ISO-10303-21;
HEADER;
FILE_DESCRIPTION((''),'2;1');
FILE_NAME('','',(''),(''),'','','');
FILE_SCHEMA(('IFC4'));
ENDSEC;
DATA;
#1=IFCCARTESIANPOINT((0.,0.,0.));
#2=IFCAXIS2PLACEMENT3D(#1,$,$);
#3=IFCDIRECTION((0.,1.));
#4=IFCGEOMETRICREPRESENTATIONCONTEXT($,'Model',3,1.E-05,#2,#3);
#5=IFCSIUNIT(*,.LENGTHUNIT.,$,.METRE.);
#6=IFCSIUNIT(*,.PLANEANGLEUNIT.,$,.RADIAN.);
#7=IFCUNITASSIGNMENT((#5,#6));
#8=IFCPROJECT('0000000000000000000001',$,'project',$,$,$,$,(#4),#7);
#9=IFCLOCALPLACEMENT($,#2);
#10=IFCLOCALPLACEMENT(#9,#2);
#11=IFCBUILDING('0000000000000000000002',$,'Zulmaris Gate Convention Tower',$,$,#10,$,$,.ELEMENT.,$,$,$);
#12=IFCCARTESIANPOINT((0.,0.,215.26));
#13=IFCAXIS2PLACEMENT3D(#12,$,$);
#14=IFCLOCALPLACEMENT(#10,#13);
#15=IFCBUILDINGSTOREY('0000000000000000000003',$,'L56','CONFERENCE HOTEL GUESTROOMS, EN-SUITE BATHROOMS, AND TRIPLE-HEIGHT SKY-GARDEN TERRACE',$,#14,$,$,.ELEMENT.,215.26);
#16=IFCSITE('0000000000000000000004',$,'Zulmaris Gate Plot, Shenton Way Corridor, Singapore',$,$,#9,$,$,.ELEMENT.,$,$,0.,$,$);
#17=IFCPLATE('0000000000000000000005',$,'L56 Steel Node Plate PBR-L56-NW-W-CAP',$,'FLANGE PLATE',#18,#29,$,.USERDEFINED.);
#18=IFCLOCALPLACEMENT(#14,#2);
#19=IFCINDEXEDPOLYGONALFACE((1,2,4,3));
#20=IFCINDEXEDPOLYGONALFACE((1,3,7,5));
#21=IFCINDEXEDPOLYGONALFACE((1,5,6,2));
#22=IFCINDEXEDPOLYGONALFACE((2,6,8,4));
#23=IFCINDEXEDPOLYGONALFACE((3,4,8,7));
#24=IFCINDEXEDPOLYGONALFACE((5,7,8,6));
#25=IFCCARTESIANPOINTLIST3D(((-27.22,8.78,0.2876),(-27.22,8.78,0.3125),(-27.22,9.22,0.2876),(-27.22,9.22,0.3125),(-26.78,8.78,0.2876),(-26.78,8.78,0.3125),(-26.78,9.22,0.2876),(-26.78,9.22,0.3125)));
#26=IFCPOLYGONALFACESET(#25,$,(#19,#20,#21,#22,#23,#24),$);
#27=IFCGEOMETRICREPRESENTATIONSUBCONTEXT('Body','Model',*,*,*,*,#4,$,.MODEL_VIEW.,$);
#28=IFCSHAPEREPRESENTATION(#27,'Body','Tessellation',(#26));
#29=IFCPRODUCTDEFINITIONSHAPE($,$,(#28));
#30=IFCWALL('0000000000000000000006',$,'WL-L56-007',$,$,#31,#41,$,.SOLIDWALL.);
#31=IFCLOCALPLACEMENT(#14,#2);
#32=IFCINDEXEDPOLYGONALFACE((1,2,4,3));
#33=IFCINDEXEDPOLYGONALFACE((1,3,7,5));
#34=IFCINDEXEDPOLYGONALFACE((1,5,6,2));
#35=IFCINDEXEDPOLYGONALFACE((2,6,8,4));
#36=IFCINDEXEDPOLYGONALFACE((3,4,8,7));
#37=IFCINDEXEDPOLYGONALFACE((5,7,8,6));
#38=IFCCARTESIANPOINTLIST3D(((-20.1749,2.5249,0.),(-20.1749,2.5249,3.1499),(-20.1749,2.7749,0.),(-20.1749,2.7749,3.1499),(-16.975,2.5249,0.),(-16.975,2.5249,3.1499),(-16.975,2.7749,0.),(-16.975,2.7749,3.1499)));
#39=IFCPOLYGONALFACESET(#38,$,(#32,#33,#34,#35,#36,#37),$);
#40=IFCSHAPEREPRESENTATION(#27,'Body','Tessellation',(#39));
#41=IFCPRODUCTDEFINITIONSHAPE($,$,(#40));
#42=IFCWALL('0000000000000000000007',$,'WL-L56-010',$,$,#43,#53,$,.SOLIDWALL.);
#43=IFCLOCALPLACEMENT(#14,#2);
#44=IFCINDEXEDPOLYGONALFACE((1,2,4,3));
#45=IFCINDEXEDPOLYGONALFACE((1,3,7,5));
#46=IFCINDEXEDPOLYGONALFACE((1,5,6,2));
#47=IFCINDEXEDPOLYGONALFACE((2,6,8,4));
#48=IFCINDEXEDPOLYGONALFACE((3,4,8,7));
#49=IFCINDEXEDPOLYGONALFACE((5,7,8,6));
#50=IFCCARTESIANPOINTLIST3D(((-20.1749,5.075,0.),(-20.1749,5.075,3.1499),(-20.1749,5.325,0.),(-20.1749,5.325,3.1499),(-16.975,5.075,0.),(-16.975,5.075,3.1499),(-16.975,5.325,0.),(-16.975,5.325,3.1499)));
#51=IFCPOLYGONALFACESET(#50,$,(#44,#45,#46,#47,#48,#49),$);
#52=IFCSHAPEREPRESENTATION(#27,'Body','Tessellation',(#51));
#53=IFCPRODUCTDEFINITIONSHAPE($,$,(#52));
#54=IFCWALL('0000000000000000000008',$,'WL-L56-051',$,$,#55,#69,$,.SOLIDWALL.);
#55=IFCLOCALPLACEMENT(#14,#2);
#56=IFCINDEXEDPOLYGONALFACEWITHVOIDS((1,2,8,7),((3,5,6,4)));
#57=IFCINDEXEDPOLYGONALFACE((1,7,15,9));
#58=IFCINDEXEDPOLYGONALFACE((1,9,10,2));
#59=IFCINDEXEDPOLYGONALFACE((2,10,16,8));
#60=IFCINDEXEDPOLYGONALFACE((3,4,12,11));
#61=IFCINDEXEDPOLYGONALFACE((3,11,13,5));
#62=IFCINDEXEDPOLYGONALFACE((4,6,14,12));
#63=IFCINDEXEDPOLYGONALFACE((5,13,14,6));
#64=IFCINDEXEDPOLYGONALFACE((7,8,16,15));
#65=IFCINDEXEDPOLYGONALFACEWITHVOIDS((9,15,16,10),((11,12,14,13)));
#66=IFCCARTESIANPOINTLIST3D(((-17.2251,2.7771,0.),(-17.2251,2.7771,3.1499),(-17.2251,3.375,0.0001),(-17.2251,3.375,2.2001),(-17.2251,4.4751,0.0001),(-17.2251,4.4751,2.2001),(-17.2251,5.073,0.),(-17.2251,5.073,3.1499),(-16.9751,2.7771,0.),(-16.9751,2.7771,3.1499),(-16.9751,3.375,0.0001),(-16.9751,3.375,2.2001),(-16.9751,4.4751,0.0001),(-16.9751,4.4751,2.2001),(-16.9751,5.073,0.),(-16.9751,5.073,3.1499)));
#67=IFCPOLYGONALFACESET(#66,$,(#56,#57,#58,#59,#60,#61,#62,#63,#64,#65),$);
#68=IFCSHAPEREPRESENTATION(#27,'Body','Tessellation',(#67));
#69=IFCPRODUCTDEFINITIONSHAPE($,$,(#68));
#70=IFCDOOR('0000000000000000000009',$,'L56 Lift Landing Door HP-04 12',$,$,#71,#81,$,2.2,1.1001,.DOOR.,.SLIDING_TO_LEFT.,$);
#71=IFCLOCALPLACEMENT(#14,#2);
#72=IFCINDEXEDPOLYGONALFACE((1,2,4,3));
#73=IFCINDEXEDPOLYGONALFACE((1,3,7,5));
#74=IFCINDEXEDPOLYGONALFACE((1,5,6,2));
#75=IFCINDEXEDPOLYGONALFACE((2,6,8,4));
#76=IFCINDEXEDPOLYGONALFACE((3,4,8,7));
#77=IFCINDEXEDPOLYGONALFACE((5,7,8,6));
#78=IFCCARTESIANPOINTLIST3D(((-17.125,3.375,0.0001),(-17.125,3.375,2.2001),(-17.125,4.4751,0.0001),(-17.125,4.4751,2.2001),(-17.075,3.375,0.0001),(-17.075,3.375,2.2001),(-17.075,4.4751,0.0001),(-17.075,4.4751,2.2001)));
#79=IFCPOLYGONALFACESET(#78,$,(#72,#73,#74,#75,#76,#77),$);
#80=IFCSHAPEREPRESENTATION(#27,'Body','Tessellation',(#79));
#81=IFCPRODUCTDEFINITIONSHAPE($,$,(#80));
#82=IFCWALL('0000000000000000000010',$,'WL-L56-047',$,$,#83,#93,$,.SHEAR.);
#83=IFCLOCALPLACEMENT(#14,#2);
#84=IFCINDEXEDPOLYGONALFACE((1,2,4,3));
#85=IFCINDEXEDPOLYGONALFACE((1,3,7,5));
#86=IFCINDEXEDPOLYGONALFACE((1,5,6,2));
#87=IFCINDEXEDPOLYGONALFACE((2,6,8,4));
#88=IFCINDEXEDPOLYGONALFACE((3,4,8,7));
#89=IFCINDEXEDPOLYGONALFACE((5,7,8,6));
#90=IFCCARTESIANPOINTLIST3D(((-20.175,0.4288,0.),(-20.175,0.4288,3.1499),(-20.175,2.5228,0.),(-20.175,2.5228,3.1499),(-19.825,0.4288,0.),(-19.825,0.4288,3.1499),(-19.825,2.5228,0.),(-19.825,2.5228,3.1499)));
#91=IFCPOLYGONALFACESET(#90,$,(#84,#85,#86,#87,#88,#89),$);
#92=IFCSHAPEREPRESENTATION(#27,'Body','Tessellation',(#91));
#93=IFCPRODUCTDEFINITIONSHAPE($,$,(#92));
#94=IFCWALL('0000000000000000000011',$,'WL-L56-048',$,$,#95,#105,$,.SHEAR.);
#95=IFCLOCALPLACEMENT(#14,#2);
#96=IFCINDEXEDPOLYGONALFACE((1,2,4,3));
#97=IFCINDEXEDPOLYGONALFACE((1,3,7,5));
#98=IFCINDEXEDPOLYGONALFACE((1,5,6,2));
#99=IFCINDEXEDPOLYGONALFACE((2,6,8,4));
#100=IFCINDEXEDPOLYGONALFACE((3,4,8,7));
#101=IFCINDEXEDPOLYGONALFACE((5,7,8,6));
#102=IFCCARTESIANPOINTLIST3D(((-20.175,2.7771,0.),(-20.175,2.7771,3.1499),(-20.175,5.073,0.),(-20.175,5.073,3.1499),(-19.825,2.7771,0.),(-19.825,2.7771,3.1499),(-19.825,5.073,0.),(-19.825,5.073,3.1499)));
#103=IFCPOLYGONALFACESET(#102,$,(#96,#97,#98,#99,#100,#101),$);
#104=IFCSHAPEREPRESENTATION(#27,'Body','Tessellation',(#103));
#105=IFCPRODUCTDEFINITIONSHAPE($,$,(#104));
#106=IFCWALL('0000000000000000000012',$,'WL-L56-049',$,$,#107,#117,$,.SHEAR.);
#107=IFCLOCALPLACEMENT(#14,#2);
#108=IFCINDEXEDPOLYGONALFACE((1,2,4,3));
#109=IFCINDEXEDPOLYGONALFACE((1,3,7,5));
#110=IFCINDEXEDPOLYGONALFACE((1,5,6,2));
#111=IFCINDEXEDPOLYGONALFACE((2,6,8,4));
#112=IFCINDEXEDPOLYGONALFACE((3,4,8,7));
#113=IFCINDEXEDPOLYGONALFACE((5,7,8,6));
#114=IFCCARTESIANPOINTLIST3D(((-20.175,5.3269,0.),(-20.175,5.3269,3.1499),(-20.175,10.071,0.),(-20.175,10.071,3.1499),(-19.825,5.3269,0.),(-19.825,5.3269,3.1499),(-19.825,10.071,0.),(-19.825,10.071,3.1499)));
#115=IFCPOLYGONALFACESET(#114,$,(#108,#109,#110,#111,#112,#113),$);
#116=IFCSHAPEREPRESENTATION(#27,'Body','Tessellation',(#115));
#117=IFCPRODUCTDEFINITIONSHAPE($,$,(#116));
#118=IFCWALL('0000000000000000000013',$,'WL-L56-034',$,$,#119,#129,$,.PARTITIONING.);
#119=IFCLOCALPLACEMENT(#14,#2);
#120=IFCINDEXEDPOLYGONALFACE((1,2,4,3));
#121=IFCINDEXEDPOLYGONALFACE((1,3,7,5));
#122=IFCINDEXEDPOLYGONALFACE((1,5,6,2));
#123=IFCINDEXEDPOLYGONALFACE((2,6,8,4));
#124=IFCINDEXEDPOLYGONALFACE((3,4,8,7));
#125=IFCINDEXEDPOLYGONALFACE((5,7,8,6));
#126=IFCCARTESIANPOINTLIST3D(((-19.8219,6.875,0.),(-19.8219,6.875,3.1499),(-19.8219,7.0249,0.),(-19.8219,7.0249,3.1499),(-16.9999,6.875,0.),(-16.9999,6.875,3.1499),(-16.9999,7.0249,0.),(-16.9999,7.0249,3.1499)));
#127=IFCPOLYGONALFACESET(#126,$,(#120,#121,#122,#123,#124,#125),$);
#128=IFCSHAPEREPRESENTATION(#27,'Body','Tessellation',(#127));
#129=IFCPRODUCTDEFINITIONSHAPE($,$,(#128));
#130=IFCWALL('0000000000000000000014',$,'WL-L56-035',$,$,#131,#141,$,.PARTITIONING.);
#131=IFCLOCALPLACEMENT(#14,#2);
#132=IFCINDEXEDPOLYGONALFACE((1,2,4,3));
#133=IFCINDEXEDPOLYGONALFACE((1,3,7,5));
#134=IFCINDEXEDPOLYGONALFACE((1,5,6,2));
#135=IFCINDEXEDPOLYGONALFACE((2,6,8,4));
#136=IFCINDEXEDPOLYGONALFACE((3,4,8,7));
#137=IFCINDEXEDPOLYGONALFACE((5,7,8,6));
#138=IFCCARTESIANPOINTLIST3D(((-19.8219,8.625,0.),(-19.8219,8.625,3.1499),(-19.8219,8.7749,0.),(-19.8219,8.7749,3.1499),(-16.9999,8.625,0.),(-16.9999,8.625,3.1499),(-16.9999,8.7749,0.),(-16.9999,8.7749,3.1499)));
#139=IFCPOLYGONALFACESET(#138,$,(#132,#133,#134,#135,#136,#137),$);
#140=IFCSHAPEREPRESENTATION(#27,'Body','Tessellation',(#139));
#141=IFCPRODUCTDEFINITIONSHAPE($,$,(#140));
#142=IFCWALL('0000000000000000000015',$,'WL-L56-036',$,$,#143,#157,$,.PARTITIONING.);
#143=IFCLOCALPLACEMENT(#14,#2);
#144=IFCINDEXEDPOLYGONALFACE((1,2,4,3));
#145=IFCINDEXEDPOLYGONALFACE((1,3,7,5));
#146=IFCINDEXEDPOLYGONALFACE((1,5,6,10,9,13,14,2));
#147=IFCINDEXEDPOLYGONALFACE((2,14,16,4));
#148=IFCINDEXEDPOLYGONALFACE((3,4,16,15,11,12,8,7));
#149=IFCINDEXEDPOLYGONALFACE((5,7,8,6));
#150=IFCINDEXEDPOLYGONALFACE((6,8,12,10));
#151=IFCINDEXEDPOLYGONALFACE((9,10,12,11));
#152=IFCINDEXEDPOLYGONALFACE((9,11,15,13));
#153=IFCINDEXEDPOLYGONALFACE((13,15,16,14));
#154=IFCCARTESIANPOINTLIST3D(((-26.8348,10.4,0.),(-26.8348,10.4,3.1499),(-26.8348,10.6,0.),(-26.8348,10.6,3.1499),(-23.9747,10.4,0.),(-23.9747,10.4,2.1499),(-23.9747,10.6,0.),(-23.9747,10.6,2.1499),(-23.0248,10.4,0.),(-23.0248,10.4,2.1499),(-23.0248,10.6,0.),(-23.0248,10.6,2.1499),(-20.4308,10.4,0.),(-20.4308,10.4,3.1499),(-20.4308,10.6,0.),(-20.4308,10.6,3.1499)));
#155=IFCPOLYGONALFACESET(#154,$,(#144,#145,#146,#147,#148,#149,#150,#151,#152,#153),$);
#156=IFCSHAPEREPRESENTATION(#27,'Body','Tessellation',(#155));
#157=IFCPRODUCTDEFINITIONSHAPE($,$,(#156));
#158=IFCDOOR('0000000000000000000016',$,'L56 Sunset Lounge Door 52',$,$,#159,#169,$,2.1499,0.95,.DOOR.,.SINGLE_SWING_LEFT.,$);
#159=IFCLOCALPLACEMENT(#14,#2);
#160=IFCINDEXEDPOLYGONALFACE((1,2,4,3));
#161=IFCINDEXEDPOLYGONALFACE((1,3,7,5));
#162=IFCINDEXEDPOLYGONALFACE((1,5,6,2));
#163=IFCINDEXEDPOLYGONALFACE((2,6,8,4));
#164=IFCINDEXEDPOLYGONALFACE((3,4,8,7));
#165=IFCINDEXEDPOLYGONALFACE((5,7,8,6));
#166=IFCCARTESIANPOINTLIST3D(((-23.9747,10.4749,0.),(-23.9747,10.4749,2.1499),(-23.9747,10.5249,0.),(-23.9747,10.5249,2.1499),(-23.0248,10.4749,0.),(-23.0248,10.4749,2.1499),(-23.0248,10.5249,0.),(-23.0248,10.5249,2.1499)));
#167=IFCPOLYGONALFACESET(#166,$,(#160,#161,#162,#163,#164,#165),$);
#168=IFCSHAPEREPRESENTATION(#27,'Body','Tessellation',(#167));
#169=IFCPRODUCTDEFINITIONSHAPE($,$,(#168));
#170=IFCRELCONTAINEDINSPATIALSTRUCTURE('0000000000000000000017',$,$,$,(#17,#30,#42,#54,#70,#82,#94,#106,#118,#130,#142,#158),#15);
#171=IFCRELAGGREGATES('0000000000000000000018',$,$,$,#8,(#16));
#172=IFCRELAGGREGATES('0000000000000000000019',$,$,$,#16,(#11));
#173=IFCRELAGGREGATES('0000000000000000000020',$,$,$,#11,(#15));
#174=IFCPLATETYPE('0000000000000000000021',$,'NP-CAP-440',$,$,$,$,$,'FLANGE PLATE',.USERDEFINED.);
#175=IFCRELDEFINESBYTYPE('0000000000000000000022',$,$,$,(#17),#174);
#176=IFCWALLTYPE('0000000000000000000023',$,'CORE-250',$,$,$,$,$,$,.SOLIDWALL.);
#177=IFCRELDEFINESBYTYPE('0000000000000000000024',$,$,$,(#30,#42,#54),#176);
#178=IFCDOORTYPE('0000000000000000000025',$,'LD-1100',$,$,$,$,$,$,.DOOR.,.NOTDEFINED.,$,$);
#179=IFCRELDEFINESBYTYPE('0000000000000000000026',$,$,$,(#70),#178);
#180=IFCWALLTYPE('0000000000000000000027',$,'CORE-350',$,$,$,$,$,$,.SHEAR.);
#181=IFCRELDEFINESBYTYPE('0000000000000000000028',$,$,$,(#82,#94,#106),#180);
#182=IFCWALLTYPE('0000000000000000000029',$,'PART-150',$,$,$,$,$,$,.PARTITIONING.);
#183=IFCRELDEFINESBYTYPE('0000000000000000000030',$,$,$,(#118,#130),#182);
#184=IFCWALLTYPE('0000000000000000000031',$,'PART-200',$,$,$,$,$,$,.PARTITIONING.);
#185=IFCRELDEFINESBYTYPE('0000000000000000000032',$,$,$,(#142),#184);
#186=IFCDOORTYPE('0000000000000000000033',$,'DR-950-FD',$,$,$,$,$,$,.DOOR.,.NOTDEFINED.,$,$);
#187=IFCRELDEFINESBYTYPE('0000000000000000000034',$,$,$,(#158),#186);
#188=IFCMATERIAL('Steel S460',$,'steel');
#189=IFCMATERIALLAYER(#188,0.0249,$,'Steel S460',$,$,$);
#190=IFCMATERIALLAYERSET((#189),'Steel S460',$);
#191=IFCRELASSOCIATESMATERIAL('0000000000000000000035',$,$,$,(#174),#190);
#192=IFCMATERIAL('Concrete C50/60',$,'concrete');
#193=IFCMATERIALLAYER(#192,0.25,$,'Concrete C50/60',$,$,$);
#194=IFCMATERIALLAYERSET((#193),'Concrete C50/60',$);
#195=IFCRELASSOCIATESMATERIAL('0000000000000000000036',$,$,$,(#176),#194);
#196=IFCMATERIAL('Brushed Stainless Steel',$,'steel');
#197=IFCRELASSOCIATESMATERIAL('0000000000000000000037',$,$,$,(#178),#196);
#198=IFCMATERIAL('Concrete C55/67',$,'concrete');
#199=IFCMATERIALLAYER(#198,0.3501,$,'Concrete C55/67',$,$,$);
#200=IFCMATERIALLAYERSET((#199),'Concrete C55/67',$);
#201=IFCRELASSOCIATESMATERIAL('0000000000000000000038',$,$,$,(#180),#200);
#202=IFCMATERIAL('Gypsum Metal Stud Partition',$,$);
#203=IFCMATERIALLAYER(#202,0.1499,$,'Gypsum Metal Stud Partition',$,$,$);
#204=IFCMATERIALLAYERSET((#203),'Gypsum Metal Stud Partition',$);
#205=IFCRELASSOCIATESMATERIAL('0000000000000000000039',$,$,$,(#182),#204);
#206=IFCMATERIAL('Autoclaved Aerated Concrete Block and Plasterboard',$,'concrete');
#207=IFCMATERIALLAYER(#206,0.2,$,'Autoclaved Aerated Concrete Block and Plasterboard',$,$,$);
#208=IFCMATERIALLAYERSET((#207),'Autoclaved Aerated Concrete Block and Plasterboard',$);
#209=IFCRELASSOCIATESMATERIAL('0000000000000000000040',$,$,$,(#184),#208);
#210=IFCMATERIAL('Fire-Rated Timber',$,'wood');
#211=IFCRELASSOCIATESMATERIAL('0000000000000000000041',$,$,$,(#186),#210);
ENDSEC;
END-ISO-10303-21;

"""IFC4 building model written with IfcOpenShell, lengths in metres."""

from ifc_helpers import new_model, si_unit, direction, frame, frame_2d, origin, origin_2d, place, context, subcontext, project, spatial, rectangle, extrude, material, layer, layer_set, type_object, element, fill, save


model = new_model("IFC4")

# Units and contexts
model_context = context("Model", 3, precision=1e-05, world=origin(), true_north=direction((0.0, 1.0)))
body_context = subcontext(model_context, "Body", "Model", "MODEL_VIEW")
ifc_project = project(units=[si_unit("LENGTHUNIT", "METRE"), si_unit("PLANEANGLEUNIT", "RADIAN")], contexts=[model_context])

# Site, building, storey
site_placement = place(None, origin())
site = spatial("IfcSite", under=ifc_project, at=site_placement, Name="Zulmaris Gate Plot, Shenton Way Corridor, Singapore", CompositionType="ELEMENT", RefElevation=0.0)
building_placement = place(site_placement, origin())
building = spatial("IfcBuilding", under=site, at=building_placement, Name="Zulmaris Gate Convention Tower", CompositionType="ELEMENT")
storey_placement = place(building_placement, frame((0.0, 0.0, 215.26)))
storey = spatial("IfcBuildingStorey", under=building, at=storey_placement, Name="L56", Description="CONFERENCE HOTEL GUESTROOMS, EN-SUITE BATHROOMS, AND TRIPLE-HEIGHT SKY-GARDEN TERRACE", CompositionType="ELEMENT", Elevation=215.26)

# Shared definitions
ifc_material_1 = material(Name="Concrete C50/60", Category="concrete")

# Plate
ifc_material_2 = material(Name="Steel S460", Category="steel")
ifc_layer_1 = layer(ifc_material_2, 0.0249, Name="Steel S460")
ifc_layer_set_1 = layer_set([ifc_layer_1], Name="Steel S460")
plate_type = type_object("IfcPlateType", Name="NP-CAP-440", ElementType="FLANGE PLATE", PredefinedType="USERDEFINED", material=ifc_layer_set_1)
plate_placement = place(storey_placement, frame((-27.0, 9.0, 0.2876), z_axis=(0.0, 0.0, 1.0), x_axis=(1.0, 0.0, 0.0)))
element("IfcPlate", 1, at=plate_placement, inside=storey, type_object=plate_type, Name="L56 Steel Node Plate PBR-L56-NW-W-CAP", ObjectType="FLANGE PLATE", PredefinedType="USERDEFINED", context=body_context, shape_type="SweptSolid", body=[
    extrude(rectangle(XDim=0.4399, YDim=0.4399, at=origin_2d()), origin(), (0.0, 0.0, 1.0), 0.0249),
])

# Walls
ifc_layer_2 = layer(ifc_material_1, 0.25, Name="Concrete C50/60")
ifc_layer_set_2 = layer_set([ifc_layer_2], Name="Concrete C50/60")
wall_type_1 = type_object("IfcWallType", Name="CORE-250", PredefinedType="SOLIDWALL", material=ifc_layer_set_2)
for number, where, z_axis, x_axis, name in (
    (2, (-20.175, 2.6499, 0.0), (0.0, 0.0, 1.0), (1.0, 0.0, 0.0), "WL-L56-007"),
    (3, (-20.175, 5.2, 0.0), (0.0, 0.0, 1.0), (1.0, 0.0, 0.0), "WL-L56-010"),
):
    element("IfcWall", number, at=place(storey_placement, frame(where, z_axis=z_axis, x_axis=x_axis)), inside=storey, type_object=wall_type_1, Name=name, PredefinedType="SOLIDWALL", context=body_context, shape_type="SweptSolid", body=[
        extrude(rectangle(XDim=3.2, YDim=0.25, at=frame_2d((1.6001, 0.0))), origin(), (0.0, 0.0, 1.0), 3.1499),
    ])

# Wall, opening, door
wall_1_placement = place(storey_placement, frame((-17.1001, 2.7771, 0.0), z_axis=(0.0, 0.0, 1.0), x_axis=(0.0, 1.0, 0.0)))
wall_1 = element("IfcWall", 4, at=wall_1_placement, inside=storey, type_object=wall_type_1, Name="WL-L56-051", PredefinedType="SOLIDWALL", context=body_context, shape_type="SweptSolid", body=[
    extrude(rectangle(XDim=2.2959, YDim=0.25, at=frame_2d((1.1479, 0.0))), origin(), (0.0, 0.0, 1.0), 3.1499),
])
opening_1_placement = place(wall_1_placement, frame((0.5979, 0.0, 0.0)))
opening_1 = element("IfcOpeningElement", 5, at=opening_1_placement, cuts=wall_1, PredefinedType="OPENING", context=body_context, shape_type="SweptSolid", body=[
    extrude(rectangle(XDim=1.1001, YDim=2.2, at=frame_2d((0.55, 1.1001))), frame((0.0, 0.135, 0.0), z_axis=(0.0, -1.0, 0.0), x_axis=(1.0, 0.0, 0.0)), (0.0, 0.0, 1.0), 0.27),
])
ifc_material_3 = material(Name="Brushed Stainless Steel", Category="steel")
door_type_1 = type_object("IfcDoorType", Name="LD-1100", OperationType="NOTDEFINED", PredefinedType="DOOR", material=ifc_material_3)
door_1_placement = place(opening_1_placement, origin())
door_1 = element("IfcDoor", 6, at=door_1_placement, inside=storey, type_object=door_type_1, Name="L56 Lift Landing Door HP-04 12", OperationType="SLIDING_TO_LEFT", OverallHeight=2.2, OverallWidth=1.1001, PredefinedType="DOOR", context=body_context, shape_type="SweptSolid", body=[
    extrude(rectangle(XDim=1.1001, YDim=2.2, at=frame_2d((0.55, 1.1001))), frame((0.0, 0.0249, 0.0), z_axis=(0.0, -1.0, 0.0), x_axis=(1.0, 0.0, 0.0)), (0.0, 0.0, 1.0), 0.05),
])
fill(opening_1, door_1)

# Walls
ifc_material_4 = material(Name="Concrete C55/67", Category="concrete")
ifc_layer_3 = layer(ifc_material_4, 0.3501, Name="Concrete C55/67")
ifc_layer_set_3 = layer_set([ifc_layer_3], Name="Concrete C55/67")
wall_type_2 = type_object("IfcWallType", Name="CORE-350", PredefinedType="SHEAR", material=ifc_layer_set_3)
wall_2_placement = place(storey_placement, frame((-20.0, 0.429, 0.0), z_axis=(0.0, 0.0, 1.0), x_axis=(0.0, 1.0, 0.0)))
element("IfcWall", 7, at=wall_2_placement, inside=storey, type_object=wall_type_2, Name="WL-L56-047", PredefinedType="SHEAR", context=body_context, shape_type="SweptSolid", body=[
    extrude(rectangle(XDim=2.094, YDim=0.3501, at=frame_2d((1.0469, 0.0))), origin(), (0.0, 0.0, 1.0), 3.1499),
])
wall_3_placement = place(storey_placement, frame((-20.0, 2.7771, 0.0), z_axis=(0.0, 0.0, 1.0), x_axis=(0.0, 1.0, 0.0)))
element("IfcWall", 8, at=wall_3_placement, inside=storey, type_object=wall_type_2, Name="WL-L56-048", PredefinedType="SHEAR", context=body_context, shape_type="SweptSolid", body=[
    extrude(rectangle(XDim=2.2959, YDim=0.3501, at=frame_2d((1.1479, 0.0))), origin(), (0.0, 0.0, 1.0), 3.1499),
])
wall_4_placement = place(storey_placement, frame((-20.0, 5.3269, 0.0), z_axis=(0.0, 0.0, 1.0), x_axis=(0.0, 1.0, 0.0)))
element("IfcWall", 9, at=wall_4_placement, inside=storey, type_object=wall_type_2, Name="WL-L56-049", PredefinedType="SHEAR", context=body_context, shape_type="SweptSolid", body=[
    extrude(rectangle(XDim=4.7441, YDim=0.3501, at=frame_2d((2.3721, 0.0))), origin(), (0.0, 0.0, 1.0), 3.1499),
])
ifc_material_5 = material(Name="Gypsum Metal Stud Partition")
ifc_layer_4 = layer(ifc_material_5, 0.1499, Name="Gypsum Metal Stud Partition")
ifc_layer_set_4 = layer_set([ifc_layer_4], Name="Gypsum Metal Stud Partition")
wall_type_3 = type_object("IfcWallType", Name="PART-150", PredefinedType="PARTITIONING", material=ifc_layer_set_4)
for number, where, z_axis, x_axis, name in (
    (10, (-19.822, 6.95, 0.0), (0.0, 0.0, 1.0), (1.0, 0.0, 0.0), "WL-L56-034"),
    (11, (-19.822, 8.7, 0.0), (0.0, 0.0, 1.0), (1.0, 0.0, 0.0), "WL-L56-035"),
):
    element("IfcWall", number, at=place(storey_placement, frame(where, z_axis=z_axis, x_axis=x_axis)), inside=storey, type_object=wall_type_3, Name=name, PredefinedType="PARTITIONING", context=body_context, shape_type="SweptSolid", body=[
        extrude(rectangle(XDim=2.822, YDim=0.1499, at=frame_2d((1.4111, 0.0))), origin(), (0.0, 0.0, 1.0), 3.1499),
    ])

# Wall, opening, door
ifc_material_6 = material(Name="Autoclaved Aerated Concrete Block and Plasterboard", Category="concrete")
ifc_layer_5 = layer(ifc_material_6, 0.2, Name="Autoclaved Aerated Concrete Block and Plasterboard")
ifc_layer_set_5 = layer_set([ifc_layer_5], Name="Autoclaved Aerated Concrete Block and Plasterboard")
wall_type_4 = type_object("IfcWallType", Name="PART-200", PredefinedType="PARTITIONING", material=ifc_layer_set_5)
wall_5_placement = place(storey_placement, frame((-26.835, 10.5, 0.0), z_axis=(0.0, 0.0, 1.0), x_axis=(1.0, 0.0, 0.0)))
wall_5 = element("IfcWall", 12, at=wall_5_placement, inside=storey, type_object=wall_type_4, Name="WL-L56-036", PredefinedType="PARTITIONING", context=body_context, shape_type="SweptSolid", body=[
    extrude(rectangle(XDim=6.4041, YDim=0.2, at=frame_2d((3.2021, 0.0))), origin(), (0.0, 0.0, 1.0), 3.1499),
])
opening_2_placement = place(wall_5_placement, frame((2.8601, 0.0, 0.0)))
opening_2 = element("IfcOpeningElement", 13, at=opening_2_placement, cuts=wall_5, PredefinedType="OPENING", context=body_context, shape_type="SweptSolid", body=[
    extrude(rectangle(XDim=0.95, YDim=2.1499, at=frame_2d((0.4751, 1.075))), frame((0.0, 0.1099, 0.0), z_axis=(0.0, -1.0, 0.0), x_axis=(1.0, 0.0, 0.0)), (0.0, 0.0, 1.0), 0.22),
])
ifc_material_7 = material(Name="Fire-Rated Timber", Category="wood")
door_type_2 = type_object("IfcDoorType", Name="DR-950-FD", OperationType="NOTDEFINED", PredefinedType="DOOR", material=ifc_material_7)
door_2_placement = place(opening_2_placement, origin())
door_2 = element("IfcDoor", 14, at=door_2_placement, inside=storey, type_object=door_type_2, Name="L56 Sunset Lounge Door 52", OperationType="SINGLE_SWING_LEFT", OverallHeight=2.1499, OverallWidth=0.95, PredefinedType="DOOR", context=body_context, shape_type="SweptSolid", body=[
    extrude(rectangle(XDim=0.95, YDim=2.1499, at=frame_2d((0.4751, 1.075))), frame((0.0, 0.0249, 0.0), z_axis=(0.0, -1.0, 0.0), x_axis=(1.0, 0.0, 0.0)), (0.0, 0.0, 1.0), 0.05),
])
fill(opening_2, door_2)

save(model, "model.ifc")
